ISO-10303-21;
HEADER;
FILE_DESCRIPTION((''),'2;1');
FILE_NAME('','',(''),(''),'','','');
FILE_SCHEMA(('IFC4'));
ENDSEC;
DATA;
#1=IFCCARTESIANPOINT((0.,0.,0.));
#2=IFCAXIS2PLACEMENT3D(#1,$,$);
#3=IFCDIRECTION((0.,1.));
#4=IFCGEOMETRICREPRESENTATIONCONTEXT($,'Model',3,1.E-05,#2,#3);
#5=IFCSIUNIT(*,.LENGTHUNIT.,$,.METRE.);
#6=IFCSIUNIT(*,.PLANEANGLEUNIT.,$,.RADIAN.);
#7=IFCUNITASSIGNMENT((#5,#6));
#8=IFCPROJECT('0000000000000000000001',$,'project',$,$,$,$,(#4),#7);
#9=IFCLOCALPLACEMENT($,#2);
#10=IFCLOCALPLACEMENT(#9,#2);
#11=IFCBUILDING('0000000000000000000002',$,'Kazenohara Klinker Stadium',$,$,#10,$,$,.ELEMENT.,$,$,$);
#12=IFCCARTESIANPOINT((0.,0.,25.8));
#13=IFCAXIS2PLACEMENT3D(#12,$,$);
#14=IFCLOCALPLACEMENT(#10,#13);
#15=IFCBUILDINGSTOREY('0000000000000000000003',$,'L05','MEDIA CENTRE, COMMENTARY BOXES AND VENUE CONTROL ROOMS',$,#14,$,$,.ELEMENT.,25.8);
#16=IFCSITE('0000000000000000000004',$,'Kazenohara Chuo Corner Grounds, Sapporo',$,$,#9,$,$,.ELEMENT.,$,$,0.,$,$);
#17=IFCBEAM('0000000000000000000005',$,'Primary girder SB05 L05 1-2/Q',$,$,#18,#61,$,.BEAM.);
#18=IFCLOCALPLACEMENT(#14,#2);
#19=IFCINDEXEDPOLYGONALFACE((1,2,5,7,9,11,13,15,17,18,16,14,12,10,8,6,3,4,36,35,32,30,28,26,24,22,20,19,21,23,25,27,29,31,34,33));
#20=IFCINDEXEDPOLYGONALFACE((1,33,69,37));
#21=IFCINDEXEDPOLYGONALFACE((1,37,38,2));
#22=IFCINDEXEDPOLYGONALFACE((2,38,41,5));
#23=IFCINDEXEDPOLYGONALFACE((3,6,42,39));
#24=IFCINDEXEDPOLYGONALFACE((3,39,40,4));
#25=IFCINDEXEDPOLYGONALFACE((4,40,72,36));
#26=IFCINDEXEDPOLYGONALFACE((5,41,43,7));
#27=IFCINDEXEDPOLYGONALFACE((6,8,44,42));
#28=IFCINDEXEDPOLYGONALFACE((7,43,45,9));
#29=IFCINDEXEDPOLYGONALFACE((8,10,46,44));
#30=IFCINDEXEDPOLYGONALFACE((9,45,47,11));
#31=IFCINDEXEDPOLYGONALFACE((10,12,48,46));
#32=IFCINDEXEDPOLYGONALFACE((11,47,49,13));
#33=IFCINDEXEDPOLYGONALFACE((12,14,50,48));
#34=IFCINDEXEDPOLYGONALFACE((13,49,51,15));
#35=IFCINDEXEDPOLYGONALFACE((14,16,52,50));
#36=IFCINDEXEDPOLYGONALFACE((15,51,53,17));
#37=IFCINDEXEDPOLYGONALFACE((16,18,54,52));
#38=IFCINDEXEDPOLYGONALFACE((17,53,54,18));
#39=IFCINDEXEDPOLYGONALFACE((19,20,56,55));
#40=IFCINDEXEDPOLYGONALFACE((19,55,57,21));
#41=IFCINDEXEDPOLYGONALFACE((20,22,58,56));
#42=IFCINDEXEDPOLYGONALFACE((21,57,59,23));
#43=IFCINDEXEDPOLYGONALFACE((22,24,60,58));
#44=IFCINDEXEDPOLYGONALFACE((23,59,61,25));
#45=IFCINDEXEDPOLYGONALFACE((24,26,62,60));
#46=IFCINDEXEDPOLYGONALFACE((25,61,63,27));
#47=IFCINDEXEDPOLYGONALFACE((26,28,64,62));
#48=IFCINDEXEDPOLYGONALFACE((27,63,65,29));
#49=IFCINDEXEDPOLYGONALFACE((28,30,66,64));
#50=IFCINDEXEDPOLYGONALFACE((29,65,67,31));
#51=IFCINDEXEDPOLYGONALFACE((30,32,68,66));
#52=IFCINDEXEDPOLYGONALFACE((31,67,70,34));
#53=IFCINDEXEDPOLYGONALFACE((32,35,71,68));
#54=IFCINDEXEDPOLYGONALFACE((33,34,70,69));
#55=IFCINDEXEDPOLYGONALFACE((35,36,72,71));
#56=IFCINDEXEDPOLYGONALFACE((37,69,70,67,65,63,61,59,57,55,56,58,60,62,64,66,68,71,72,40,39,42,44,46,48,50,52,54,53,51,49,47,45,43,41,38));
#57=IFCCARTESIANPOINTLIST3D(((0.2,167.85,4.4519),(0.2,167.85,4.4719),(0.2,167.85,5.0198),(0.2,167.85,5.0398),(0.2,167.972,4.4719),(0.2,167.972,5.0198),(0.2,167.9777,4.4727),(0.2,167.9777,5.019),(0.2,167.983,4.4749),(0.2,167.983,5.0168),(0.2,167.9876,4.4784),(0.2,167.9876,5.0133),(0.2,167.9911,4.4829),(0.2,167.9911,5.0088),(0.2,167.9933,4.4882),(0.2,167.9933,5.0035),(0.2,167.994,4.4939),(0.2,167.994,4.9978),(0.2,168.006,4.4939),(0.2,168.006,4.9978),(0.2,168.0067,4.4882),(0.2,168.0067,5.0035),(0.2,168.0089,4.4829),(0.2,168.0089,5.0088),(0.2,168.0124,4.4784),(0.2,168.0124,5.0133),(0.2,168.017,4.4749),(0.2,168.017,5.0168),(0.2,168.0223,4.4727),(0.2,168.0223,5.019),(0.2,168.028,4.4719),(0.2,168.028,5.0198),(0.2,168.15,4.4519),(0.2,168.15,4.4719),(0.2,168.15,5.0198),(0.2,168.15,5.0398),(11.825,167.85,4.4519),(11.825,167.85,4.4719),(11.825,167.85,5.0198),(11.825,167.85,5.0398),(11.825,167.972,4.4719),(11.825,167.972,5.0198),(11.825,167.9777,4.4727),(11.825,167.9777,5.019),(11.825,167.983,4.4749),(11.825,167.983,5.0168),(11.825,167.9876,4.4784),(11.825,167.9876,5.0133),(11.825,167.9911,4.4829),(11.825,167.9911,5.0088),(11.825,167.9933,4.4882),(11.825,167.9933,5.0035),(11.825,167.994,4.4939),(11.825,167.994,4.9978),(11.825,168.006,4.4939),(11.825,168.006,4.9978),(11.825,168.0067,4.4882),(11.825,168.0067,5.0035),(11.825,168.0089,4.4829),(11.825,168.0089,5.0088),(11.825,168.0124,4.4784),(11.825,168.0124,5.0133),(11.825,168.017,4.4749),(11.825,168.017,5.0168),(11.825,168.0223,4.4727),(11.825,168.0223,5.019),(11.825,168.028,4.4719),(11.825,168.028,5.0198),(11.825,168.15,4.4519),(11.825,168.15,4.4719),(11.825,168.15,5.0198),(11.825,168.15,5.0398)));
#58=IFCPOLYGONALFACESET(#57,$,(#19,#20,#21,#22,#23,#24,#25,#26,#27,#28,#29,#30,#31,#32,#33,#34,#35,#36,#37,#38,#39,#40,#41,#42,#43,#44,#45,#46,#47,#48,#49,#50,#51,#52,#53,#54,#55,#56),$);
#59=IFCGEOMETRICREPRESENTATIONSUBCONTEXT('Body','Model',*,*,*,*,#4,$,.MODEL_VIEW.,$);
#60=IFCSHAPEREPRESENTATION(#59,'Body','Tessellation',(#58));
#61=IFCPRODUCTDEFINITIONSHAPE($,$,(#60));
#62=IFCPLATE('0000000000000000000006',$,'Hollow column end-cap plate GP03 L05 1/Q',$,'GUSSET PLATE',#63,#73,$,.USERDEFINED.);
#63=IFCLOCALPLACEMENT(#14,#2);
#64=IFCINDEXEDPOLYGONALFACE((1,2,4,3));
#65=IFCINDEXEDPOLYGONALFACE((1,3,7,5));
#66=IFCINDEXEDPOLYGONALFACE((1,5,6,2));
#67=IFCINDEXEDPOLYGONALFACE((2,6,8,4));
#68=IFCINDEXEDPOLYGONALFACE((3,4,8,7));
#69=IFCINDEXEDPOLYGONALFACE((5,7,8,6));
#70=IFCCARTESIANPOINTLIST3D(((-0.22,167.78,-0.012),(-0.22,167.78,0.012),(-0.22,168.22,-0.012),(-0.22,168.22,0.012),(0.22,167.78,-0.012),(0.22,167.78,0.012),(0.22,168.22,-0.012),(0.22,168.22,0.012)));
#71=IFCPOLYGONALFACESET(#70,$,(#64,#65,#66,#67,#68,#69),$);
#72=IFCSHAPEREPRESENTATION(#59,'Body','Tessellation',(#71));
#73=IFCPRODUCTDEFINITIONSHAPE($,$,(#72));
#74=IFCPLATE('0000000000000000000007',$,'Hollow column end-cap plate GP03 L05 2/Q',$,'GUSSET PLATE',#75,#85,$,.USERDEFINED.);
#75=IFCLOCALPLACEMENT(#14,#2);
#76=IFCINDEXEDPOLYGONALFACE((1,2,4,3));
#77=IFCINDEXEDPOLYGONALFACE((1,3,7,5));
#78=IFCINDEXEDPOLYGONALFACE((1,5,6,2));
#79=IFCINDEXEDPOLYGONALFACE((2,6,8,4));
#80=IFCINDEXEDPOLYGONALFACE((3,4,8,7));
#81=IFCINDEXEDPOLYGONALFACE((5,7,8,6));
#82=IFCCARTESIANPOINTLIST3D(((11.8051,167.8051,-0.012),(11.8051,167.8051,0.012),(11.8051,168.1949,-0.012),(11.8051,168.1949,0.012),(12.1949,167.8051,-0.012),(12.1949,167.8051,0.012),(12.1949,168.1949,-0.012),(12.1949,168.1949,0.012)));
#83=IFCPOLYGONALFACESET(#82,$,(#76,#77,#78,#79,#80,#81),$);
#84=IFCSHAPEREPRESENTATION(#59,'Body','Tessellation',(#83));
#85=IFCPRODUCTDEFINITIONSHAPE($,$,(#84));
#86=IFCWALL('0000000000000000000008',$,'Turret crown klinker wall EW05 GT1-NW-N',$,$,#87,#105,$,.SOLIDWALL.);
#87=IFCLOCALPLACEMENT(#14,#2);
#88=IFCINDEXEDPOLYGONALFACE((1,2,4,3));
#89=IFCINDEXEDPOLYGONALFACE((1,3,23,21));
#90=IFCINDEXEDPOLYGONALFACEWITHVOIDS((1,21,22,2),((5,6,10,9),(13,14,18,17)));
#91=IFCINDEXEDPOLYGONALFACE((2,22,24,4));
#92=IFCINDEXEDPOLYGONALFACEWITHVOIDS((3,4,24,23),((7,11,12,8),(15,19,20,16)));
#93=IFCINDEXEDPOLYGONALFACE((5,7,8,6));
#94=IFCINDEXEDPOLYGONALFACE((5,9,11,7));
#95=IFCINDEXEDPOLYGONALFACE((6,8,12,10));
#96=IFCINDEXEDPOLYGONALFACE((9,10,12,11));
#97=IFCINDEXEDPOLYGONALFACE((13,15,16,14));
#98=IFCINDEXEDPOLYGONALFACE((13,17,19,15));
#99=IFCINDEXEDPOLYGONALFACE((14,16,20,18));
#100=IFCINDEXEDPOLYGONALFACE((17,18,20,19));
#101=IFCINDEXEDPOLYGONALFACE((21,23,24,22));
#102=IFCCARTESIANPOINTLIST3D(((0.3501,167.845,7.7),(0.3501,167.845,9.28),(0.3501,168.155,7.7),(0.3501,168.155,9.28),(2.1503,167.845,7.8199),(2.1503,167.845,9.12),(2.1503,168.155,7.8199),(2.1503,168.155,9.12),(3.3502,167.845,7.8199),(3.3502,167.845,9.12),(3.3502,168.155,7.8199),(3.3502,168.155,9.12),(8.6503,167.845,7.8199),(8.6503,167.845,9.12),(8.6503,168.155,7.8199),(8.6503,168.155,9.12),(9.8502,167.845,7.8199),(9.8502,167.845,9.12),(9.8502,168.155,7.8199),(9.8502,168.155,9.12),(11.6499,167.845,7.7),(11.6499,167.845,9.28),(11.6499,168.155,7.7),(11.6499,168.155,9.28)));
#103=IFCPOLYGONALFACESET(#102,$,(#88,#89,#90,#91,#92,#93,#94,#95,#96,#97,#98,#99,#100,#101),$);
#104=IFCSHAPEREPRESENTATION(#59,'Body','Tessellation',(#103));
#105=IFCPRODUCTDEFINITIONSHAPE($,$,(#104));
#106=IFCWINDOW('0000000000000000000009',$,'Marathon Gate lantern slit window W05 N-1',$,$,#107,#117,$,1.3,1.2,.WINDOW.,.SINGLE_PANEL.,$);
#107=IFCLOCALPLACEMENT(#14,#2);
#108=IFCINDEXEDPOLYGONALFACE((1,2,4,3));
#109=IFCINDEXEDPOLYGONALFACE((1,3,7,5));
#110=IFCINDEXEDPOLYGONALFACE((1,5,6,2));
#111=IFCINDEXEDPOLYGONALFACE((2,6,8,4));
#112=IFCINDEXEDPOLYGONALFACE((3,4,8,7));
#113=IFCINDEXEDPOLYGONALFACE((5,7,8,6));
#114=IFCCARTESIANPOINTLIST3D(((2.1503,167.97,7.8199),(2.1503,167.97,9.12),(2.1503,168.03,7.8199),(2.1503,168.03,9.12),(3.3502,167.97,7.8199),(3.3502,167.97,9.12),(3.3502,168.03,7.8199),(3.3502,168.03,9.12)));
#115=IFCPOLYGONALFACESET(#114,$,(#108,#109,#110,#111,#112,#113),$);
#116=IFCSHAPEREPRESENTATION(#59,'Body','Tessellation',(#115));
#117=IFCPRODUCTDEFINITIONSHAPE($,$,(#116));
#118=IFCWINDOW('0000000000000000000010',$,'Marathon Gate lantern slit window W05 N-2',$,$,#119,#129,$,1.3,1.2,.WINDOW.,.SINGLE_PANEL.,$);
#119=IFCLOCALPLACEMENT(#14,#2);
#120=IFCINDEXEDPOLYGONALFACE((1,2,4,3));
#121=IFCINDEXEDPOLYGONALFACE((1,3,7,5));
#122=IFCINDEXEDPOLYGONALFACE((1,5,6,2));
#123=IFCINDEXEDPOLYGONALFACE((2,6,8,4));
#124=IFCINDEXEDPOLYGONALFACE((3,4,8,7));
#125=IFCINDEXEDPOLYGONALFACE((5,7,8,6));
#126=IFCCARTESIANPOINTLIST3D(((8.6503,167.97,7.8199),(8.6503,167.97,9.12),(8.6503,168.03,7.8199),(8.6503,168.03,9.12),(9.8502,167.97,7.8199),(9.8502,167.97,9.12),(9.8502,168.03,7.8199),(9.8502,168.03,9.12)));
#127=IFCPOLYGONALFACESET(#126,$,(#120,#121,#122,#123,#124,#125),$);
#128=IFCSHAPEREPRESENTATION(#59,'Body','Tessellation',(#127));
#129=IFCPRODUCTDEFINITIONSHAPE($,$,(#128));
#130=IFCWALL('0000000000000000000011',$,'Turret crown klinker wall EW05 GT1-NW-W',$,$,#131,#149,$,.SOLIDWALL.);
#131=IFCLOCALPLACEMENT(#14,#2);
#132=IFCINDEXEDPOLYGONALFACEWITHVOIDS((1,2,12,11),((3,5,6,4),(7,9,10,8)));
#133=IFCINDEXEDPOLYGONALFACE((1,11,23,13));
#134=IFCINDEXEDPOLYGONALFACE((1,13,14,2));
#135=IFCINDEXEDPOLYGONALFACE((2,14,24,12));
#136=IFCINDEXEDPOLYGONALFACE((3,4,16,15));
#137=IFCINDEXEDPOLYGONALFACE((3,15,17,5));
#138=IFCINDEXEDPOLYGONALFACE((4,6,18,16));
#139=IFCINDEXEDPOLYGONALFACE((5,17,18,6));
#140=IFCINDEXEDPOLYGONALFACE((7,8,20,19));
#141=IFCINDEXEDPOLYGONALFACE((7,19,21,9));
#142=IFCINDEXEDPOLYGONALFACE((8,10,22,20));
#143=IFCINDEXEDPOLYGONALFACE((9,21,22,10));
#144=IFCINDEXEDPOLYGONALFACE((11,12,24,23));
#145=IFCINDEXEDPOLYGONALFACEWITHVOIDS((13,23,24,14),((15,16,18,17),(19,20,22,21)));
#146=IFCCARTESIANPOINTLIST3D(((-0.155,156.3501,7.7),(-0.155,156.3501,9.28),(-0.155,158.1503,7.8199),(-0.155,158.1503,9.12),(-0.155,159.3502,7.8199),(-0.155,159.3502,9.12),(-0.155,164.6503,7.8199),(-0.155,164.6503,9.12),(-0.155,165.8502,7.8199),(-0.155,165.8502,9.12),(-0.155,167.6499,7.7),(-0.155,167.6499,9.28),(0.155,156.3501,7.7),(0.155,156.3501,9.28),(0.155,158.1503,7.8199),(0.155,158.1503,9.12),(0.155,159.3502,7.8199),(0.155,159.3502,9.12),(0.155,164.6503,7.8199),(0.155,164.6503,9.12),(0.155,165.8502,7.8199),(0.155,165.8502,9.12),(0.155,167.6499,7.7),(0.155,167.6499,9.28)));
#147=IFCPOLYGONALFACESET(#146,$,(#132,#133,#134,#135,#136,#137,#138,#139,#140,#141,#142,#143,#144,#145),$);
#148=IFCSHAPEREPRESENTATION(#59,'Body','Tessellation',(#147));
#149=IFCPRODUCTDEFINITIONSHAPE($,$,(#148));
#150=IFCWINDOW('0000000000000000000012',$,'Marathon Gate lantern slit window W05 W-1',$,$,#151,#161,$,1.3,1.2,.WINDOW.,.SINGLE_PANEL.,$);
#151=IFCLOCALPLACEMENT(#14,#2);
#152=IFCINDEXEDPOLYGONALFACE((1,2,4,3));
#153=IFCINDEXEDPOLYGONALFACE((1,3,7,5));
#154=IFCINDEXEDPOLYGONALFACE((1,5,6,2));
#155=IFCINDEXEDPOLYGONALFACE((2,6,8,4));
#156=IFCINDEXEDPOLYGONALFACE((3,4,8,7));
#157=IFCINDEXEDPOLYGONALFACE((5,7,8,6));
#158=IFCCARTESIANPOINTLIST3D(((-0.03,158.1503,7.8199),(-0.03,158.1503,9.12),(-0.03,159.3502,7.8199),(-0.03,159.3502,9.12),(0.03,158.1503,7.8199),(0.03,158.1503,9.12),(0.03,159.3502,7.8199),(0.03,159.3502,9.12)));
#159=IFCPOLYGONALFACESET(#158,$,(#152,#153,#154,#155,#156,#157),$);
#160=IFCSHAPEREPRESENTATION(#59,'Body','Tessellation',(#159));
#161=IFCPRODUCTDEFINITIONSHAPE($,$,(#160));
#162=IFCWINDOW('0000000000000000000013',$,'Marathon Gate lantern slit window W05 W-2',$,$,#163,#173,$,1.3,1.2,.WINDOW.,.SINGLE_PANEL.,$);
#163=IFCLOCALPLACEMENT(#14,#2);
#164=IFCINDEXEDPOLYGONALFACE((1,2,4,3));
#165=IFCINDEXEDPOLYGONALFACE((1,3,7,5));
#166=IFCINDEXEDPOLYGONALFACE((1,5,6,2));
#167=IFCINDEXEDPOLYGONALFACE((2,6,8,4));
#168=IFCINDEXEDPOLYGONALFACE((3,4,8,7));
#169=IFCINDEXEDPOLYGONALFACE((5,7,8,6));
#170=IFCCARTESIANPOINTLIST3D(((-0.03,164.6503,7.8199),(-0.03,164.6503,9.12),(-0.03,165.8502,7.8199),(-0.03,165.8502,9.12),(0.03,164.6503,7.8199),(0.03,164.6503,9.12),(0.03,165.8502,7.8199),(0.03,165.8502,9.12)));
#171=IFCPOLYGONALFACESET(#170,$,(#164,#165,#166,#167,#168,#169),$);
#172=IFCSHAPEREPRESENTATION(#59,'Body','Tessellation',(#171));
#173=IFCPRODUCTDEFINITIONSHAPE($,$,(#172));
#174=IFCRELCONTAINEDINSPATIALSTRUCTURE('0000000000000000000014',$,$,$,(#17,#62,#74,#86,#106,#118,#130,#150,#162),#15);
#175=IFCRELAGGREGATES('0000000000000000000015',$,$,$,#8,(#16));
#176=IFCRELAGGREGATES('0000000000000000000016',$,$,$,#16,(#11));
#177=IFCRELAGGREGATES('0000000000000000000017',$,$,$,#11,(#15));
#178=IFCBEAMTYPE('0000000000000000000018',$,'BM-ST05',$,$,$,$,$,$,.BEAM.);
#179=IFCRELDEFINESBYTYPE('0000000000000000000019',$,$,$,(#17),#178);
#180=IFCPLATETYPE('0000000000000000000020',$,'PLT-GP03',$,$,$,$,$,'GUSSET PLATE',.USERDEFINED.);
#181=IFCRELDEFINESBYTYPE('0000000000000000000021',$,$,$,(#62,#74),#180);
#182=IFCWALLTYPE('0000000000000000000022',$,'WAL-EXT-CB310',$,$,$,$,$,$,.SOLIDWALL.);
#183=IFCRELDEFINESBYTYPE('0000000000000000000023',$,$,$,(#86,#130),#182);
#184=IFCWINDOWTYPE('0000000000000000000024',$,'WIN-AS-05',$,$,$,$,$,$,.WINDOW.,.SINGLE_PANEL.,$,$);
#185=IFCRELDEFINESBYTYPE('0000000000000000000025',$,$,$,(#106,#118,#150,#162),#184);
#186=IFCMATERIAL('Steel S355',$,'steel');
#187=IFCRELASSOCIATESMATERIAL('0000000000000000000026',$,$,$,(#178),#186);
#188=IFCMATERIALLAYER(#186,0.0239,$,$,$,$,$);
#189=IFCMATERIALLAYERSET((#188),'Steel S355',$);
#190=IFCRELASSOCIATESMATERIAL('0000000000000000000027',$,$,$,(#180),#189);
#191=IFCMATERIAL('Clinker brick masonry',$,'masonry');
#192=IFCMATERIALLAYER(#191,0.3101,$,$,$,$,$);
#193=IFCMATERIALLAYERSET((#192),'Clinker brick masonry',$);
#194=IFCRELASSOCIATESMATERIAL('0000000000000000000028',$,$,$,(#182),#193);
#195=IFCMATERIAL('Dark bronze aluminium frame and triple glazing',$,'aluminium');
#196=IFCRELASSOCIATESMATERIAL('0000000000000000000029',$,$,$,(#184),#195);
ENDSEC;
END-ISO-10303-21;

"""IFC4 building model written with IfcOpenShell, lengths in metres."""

from ifc_helpers import new_model, si_unit, direction, frame, frame_2d, origin, origin_2d, place, context, subcontext, project, spatial, rectangle, i_section, extrude, material, layer, layer_set, material_profile, profile_set, type_object, element, fill, save


model = new_model("IFC4")

# Units and contexts
model_context = context("Model", 3, precision=1e-05, world=origin(), true_north=direction((0.0, 1.0)))
body_context = subcontext(model_context, "Body", "Model", "MODEL_VIEW")
ifc_project = project(units=[si_unit("LENGTHUNIT", "METRE"), si_unit("PLANEANGLEUNIT", "RADIAN")], contexts=[model_context])

# Site, building, storey
site_placement = place(None, origin())
site = spatial("IfcSite", under=ifc_project, at=site_placement, Name="Kazenohara Chuo Corner Grounds, Sapporo", CompositionType="ELEMENT", RefElevation=0.0)
building_placement = place(site_placement, origin())
building = spatial("IfcBuilding", under=site, at=building_placement, Name="Kazenohara Klinker Stadium", CompositionType="ELEMENT")
storey_placement = place(building_placement, frame((0.0, 0.0, 25.8)))
storey = spatial("IfcBuildingStorey", under=building, at=storey_placement, Name="L05", Description="MEDIA CENTRE, COMMENTARY BOXES AND VENUE CONTROL ROOMS", CompositionType="ELEMENT", Elevation=25.8)

# Shared definitions
ifc_material_1 = material(Name="Steel S355", Category="steel")

# Beam
ifc_material_profile_1 = material_profile(ifc_material_1, i_section(OverallWidth=0.3, OverallDepth=0.5879, WebThickness=0.012, FlangeThickness=0.02, FilletRadius=0.022, at=origin_2d()), Name="H-588x300x12x20")
ifc_profile_set_1 = profile_set([ifc_material_profile_1], Name="Steel S355")
beam_type_1 = type_object("IfcBeamType", Name="BM-ST05", PredefinedType="BEAM", material=ifc_profile_set_1)
beam_1_placement = place(storey_placement, frame((0.2, 168.0, 4.7458), z_axis=(1.0, 0.0, 0.0), x_axis=(0.0, 1.0, 0.0)))
element("IfcBeam", 1, at=beam_1_placement, inside=storey, type_object=beam_type_1, Name="Primary girder SB05 L05 1-2/Q", PredefinedType="BEAM", context=body_context, shape_type="SweptSolid", body=[
    extrude(i_section(OverallWidth=0.3, OverallDepth=0.5879, WebThickness=0.012, FlangeThickness=0.02, FilletRadius=0.022, at=origin_2d()), origin(), (0.0, 0.0, 1.0), 11.625),
])

# Plates
ifc_layer_1 = layer(ifc_material_1, 0.0239)
ifc_layer_set_1 = layer_set([ifc_layer_1], Name="Steel S355")
plate_type = type_object("IfcPlateType", Name="PLT-GP03", ElementType="GUSSET PLATE", PredefinedType="USERDEFINED", material=ifc_layer_set_1)
plate_1_placement = place(storey_placement, frame((0.0, 168.0, -0.012), z_axis=(0.0, 0.0, 1.0), x_axis=(1.0, 0.0, 0.0)))
element("IfcPlate", 2, at=plate_1_placement, inside=storey, type_object=plate_type, Name="Hollow column end-cap plate GP03 L05 1/Q", ObjectType="GUSSET PLATE", PredefinedType="USERDEFINED", context=body_context, shape_type="SweptSolid", body=[
    extrude(rectangle(XDim=0.4399, YDim=0.4399, at=origin_2d()), origin(), (0.0, 0.0, 1.0), 0.0239),
])
plate_2_placement = place(storey_placement, frame((12.0, 168.0, -0.012), z_axis=(0.0, 0.0, 1.0), x_axis=(1.0, 0.0, 0.0)))
element("IfcPlate", 3, at=plate_2_placement, inside=storey, type_object=plate_type, Name="Hollow column end-cap plate GP03 L05 2/Q", ObjectType="GUSSET PLATE", PredefinedType="USERDEFINED", context=body_context, shape_type="SweptSolid", body=[
    extrude(rectangle(XDim=0.3899, YDim=0.3899, at=origin_2d()), origin(), (0.0, 0.0, 1.0), 0.0239),
])

# Walls, openings, windows
ifc_material_2 = material(Name="Clinker brick masonry", Category="masonry")
ifc_layer_2 = layer(ifc_material_2, 0.3101)
ifc_layer_set_2 = layer_set([ifc_layer_2], Name="Clinker brick masonry")
wall_type_1 = type_object("IfcWallType", Name="WAL-EXT-CB310", PredefinedType="SOLIDWALL", material=ifc_layer_set_2)
wall_1_placement = place(storey_placement, frame((0.3501, 168.0, 7.7), z_axis=(0.0, 0.0, 1.0), x_axis=(1.0, 0.0, 0.0)))
wall_1 = element("IfcWall", 4, at=wall_1_placement, inside=storey, type_object=wall_type_1, Name="Turret crown klinker wall EW05 GT1-NW-N", PredefinedType="SOLIDWALL", context=body_context, shape_type="SweptSolid", body=[
    extrude(rectangle(XDim=11.2998, YDim=0.3101, at=frame_2d((5.6499, 0.0))), origin(), (0.0, 0.0, 1.0), 1.5801),
])
opening_1_placement = place(wall_1_placement, frame((1.8, 0.0, 0.1201)))
opening_1 = element("IfcOpeningElement", 5, at=opening_1_placement, cuts=wall_1, PredefinedType="OPENING", context=body_context, shape_type="SweptSolid", body=[
    extrude(rectangle(XDim=1.2, YDim=1.3, at=frame_2d((0.6001, 0.6499))), frame((0.0, 0.165, 0.0), z_axis=(0.0, -1.0, 0.0), x_axis=(1.0, 0.0, 0.0)), (0.0, 0.0, 1.0), 0.3301),
])
opening_2_placement = place(wall_1_placement, frame((8.3, 0.0, 0.1201)))
opening_2 = element("IfcOpeningElement", 6, at=opening_2_placement, cuts=wall_1, PredefinedType="OPENING", context=body_context, shape_type="SweptSolid", body=[
    extrude(rectangle(XDim=1.2, YDim=1.3, at=frame_2d((0.6001, 0.6499))), frame((0.0, 0.165, 0.0), z_axis=(0.0, -1.0, 0.0), x_axis=(1.0, 0.0, 0.0)), (0.0, 0.0, 1.0), 0.3301),
])
ifc_material_3 = material(Name="Dark bronze aluminium frame and triple glazing", Category="aluminium")
window_type_1 = type_object("IfcWindowType", Name="WIN-AS-05", PartitioningType="SINGLE_PANEL", PredefinedType="WINDOW", material=ifc_material_3)
window_1_placement = place(opening_1_placement, origin())
window_1 = element("IfcWindow", 7, at=window_1_placement, inside=storey, type_object=window_type_1, Name="Marathon Gate lantern slit window W05 N-1", OverallHeight=1.3, OverallWidth=1.2, PartitioningType="SINGLE_PANEL", PredefinedType="WINDOW", context=body_context, shape_type="SweptSolid", body=[
    extrude(rectangle(XDim=1.2, YDim=1.3, at=frame_2d((0.6001, 0.6499))), frame((0.0, 0.03, 0.0), z_axis=(0.0, -1.0, 0.0), x_axis=(1.0, 0.0, 0.0)), (0.0, 0.0, 1.0), 0.0601),
])
fill(opening_1, window_1)
window_2_placement = place(opening_2_placement, origin())
window_2 = element("IfcWindow", 8, at=window_2_placement, inside=storey, type_object=window_type_1, Name="Marathon Gate lantern slit window W05 N-2", OverallHeight=1.3, OverallWidth=1.2, PartitioningType="SINGLE_PANEL", PredefinedType="WINDOW", context=body_context, shape_type="SweptSolid", body=[
    extrude(rectangle(XDim=1.2, YDim=1.3, at=frame_2d((0.6001, 0.6499))), frame((0.0, 0.03, 0.0), z_axis=(0.0, -1.0, 0.0), x_axis=(1.0, 0.0, 0.0)), (0.0, 0.0, 1.0), 0.0601),
])
fill(opening_2, window_2)
wall_2_placement = place(storey_placement, frame((0.0, 156.3501, 7.7), z_axis=(0.0, 0.0, 1.0), x_axis=(0.0, 1.0, 0.0)))
wall_2 = element("IfcWall", 9, at=wall_2_placement, inside=storey, type_object=wall_type_1, Name="Turret crown klinker wall EW05 GT1-NW-W", PredefinedType="SOLIDWALL", context=body_context, shape_type="SweptSolid", body=[
    extrude(rectangle(XDim=11.2998, YDim=0.3101, at=frame_2d((5.6499, 0.0))), origin(), (0.0, 0.0, 1.0), 1.5801),
])
opening_3_placement = place(wall_2_placement, frame((1.8, 0.0, 0.1201)))
opening_3 = element("IfcOpeningElement", 10, at=opening_3_placement, cuts=wall_2, PredefinedType="OPENING", context=body_context, shape_type="SweptSolid", body=[
    extrude(rectangle(XDim=1.2, YDim=1.3, at=frame_2d((0.6001, 0.6499))), frame((0.0, 0.165, 0.0), z_axis=(0.0, -1.0, 0.0), x_axis=(1.0, 0.0, 0.0)), (0.0, 0.0, 1.0), 0.3301),
])
opening_4_placement = place(wall_2_placement, frame((8.3, 0.0, 0.1201)))
opening_4 = element("IfcOpeningElement", 11, at=opening_4_placement, cuts=wall_2, PredefinedType="OPENING", context=body_context, shape_type="SweptSolid", body=[
    extrude(rectangle(XDim=1.2, YDim=1.3, at=frame_2d((0.6001, 0.6499))), frame((0.0, 0.165, 0.0), z_axis=(0.0, -1.0, 0.0), x_axis=(1.0, 0.0, 0.0)), (0.0, 0.0, 1.0), 0.3301),
])
window_3_placement = place(opening_3_placement, origin())
window_3 = element("IfcWindow", 12, at=window_3_placement, inside=storey, type_object=window_type_1, Name="Marathon Gate lantern slit window W05 W-1", OverallHeight=1.3, OverallWidth=1.2, PartitioningType="SINGLE_PANEL", PredefinedType="WINDOW", context=body_context, shape_type="SweptSolid", body=[
    extrude(rectangle(XDim=1.2, YDim=1.3, at=frame_2d((0.6001, 0.6499))), frame((0.0, 0.03, 0.0), z_axis=(0.0, -1.0, 0.0), x_axis=(1.0, 0.0, 0.0)), (0.0, 0.0, 1.0), 0.0601),
])
fill(opening_3, window_3)
window_4_placement = place(opening_4_placement, origin())
window_4 = element("IfcWindow", 13, at=window_4_placement, inside=storey, type_object=window_type_1, Name="Marathon Gate lantern slit window W05 W-2", OverallHeight=1.3, OverallWidth=1.2, PartitioningType="SINGLE_PANEL", PredefinedType="WINDOW", context=body_context, shape_type="SweptSolid", body=[
    extrude(rectangle(XDim=1.2, YDim=1.3, at=frame_2d((0.6001, 0.6499))), frame((0.0, 0.03, 0.0), z_axis=(0.0, -1.0, 0.0), x_axis=(1.0, 0.0, 0.0)), (0.0, 0.0, 1.0), 0.0601),
])
fill(opening_4, window_4)

save(model, "model.ifc")
